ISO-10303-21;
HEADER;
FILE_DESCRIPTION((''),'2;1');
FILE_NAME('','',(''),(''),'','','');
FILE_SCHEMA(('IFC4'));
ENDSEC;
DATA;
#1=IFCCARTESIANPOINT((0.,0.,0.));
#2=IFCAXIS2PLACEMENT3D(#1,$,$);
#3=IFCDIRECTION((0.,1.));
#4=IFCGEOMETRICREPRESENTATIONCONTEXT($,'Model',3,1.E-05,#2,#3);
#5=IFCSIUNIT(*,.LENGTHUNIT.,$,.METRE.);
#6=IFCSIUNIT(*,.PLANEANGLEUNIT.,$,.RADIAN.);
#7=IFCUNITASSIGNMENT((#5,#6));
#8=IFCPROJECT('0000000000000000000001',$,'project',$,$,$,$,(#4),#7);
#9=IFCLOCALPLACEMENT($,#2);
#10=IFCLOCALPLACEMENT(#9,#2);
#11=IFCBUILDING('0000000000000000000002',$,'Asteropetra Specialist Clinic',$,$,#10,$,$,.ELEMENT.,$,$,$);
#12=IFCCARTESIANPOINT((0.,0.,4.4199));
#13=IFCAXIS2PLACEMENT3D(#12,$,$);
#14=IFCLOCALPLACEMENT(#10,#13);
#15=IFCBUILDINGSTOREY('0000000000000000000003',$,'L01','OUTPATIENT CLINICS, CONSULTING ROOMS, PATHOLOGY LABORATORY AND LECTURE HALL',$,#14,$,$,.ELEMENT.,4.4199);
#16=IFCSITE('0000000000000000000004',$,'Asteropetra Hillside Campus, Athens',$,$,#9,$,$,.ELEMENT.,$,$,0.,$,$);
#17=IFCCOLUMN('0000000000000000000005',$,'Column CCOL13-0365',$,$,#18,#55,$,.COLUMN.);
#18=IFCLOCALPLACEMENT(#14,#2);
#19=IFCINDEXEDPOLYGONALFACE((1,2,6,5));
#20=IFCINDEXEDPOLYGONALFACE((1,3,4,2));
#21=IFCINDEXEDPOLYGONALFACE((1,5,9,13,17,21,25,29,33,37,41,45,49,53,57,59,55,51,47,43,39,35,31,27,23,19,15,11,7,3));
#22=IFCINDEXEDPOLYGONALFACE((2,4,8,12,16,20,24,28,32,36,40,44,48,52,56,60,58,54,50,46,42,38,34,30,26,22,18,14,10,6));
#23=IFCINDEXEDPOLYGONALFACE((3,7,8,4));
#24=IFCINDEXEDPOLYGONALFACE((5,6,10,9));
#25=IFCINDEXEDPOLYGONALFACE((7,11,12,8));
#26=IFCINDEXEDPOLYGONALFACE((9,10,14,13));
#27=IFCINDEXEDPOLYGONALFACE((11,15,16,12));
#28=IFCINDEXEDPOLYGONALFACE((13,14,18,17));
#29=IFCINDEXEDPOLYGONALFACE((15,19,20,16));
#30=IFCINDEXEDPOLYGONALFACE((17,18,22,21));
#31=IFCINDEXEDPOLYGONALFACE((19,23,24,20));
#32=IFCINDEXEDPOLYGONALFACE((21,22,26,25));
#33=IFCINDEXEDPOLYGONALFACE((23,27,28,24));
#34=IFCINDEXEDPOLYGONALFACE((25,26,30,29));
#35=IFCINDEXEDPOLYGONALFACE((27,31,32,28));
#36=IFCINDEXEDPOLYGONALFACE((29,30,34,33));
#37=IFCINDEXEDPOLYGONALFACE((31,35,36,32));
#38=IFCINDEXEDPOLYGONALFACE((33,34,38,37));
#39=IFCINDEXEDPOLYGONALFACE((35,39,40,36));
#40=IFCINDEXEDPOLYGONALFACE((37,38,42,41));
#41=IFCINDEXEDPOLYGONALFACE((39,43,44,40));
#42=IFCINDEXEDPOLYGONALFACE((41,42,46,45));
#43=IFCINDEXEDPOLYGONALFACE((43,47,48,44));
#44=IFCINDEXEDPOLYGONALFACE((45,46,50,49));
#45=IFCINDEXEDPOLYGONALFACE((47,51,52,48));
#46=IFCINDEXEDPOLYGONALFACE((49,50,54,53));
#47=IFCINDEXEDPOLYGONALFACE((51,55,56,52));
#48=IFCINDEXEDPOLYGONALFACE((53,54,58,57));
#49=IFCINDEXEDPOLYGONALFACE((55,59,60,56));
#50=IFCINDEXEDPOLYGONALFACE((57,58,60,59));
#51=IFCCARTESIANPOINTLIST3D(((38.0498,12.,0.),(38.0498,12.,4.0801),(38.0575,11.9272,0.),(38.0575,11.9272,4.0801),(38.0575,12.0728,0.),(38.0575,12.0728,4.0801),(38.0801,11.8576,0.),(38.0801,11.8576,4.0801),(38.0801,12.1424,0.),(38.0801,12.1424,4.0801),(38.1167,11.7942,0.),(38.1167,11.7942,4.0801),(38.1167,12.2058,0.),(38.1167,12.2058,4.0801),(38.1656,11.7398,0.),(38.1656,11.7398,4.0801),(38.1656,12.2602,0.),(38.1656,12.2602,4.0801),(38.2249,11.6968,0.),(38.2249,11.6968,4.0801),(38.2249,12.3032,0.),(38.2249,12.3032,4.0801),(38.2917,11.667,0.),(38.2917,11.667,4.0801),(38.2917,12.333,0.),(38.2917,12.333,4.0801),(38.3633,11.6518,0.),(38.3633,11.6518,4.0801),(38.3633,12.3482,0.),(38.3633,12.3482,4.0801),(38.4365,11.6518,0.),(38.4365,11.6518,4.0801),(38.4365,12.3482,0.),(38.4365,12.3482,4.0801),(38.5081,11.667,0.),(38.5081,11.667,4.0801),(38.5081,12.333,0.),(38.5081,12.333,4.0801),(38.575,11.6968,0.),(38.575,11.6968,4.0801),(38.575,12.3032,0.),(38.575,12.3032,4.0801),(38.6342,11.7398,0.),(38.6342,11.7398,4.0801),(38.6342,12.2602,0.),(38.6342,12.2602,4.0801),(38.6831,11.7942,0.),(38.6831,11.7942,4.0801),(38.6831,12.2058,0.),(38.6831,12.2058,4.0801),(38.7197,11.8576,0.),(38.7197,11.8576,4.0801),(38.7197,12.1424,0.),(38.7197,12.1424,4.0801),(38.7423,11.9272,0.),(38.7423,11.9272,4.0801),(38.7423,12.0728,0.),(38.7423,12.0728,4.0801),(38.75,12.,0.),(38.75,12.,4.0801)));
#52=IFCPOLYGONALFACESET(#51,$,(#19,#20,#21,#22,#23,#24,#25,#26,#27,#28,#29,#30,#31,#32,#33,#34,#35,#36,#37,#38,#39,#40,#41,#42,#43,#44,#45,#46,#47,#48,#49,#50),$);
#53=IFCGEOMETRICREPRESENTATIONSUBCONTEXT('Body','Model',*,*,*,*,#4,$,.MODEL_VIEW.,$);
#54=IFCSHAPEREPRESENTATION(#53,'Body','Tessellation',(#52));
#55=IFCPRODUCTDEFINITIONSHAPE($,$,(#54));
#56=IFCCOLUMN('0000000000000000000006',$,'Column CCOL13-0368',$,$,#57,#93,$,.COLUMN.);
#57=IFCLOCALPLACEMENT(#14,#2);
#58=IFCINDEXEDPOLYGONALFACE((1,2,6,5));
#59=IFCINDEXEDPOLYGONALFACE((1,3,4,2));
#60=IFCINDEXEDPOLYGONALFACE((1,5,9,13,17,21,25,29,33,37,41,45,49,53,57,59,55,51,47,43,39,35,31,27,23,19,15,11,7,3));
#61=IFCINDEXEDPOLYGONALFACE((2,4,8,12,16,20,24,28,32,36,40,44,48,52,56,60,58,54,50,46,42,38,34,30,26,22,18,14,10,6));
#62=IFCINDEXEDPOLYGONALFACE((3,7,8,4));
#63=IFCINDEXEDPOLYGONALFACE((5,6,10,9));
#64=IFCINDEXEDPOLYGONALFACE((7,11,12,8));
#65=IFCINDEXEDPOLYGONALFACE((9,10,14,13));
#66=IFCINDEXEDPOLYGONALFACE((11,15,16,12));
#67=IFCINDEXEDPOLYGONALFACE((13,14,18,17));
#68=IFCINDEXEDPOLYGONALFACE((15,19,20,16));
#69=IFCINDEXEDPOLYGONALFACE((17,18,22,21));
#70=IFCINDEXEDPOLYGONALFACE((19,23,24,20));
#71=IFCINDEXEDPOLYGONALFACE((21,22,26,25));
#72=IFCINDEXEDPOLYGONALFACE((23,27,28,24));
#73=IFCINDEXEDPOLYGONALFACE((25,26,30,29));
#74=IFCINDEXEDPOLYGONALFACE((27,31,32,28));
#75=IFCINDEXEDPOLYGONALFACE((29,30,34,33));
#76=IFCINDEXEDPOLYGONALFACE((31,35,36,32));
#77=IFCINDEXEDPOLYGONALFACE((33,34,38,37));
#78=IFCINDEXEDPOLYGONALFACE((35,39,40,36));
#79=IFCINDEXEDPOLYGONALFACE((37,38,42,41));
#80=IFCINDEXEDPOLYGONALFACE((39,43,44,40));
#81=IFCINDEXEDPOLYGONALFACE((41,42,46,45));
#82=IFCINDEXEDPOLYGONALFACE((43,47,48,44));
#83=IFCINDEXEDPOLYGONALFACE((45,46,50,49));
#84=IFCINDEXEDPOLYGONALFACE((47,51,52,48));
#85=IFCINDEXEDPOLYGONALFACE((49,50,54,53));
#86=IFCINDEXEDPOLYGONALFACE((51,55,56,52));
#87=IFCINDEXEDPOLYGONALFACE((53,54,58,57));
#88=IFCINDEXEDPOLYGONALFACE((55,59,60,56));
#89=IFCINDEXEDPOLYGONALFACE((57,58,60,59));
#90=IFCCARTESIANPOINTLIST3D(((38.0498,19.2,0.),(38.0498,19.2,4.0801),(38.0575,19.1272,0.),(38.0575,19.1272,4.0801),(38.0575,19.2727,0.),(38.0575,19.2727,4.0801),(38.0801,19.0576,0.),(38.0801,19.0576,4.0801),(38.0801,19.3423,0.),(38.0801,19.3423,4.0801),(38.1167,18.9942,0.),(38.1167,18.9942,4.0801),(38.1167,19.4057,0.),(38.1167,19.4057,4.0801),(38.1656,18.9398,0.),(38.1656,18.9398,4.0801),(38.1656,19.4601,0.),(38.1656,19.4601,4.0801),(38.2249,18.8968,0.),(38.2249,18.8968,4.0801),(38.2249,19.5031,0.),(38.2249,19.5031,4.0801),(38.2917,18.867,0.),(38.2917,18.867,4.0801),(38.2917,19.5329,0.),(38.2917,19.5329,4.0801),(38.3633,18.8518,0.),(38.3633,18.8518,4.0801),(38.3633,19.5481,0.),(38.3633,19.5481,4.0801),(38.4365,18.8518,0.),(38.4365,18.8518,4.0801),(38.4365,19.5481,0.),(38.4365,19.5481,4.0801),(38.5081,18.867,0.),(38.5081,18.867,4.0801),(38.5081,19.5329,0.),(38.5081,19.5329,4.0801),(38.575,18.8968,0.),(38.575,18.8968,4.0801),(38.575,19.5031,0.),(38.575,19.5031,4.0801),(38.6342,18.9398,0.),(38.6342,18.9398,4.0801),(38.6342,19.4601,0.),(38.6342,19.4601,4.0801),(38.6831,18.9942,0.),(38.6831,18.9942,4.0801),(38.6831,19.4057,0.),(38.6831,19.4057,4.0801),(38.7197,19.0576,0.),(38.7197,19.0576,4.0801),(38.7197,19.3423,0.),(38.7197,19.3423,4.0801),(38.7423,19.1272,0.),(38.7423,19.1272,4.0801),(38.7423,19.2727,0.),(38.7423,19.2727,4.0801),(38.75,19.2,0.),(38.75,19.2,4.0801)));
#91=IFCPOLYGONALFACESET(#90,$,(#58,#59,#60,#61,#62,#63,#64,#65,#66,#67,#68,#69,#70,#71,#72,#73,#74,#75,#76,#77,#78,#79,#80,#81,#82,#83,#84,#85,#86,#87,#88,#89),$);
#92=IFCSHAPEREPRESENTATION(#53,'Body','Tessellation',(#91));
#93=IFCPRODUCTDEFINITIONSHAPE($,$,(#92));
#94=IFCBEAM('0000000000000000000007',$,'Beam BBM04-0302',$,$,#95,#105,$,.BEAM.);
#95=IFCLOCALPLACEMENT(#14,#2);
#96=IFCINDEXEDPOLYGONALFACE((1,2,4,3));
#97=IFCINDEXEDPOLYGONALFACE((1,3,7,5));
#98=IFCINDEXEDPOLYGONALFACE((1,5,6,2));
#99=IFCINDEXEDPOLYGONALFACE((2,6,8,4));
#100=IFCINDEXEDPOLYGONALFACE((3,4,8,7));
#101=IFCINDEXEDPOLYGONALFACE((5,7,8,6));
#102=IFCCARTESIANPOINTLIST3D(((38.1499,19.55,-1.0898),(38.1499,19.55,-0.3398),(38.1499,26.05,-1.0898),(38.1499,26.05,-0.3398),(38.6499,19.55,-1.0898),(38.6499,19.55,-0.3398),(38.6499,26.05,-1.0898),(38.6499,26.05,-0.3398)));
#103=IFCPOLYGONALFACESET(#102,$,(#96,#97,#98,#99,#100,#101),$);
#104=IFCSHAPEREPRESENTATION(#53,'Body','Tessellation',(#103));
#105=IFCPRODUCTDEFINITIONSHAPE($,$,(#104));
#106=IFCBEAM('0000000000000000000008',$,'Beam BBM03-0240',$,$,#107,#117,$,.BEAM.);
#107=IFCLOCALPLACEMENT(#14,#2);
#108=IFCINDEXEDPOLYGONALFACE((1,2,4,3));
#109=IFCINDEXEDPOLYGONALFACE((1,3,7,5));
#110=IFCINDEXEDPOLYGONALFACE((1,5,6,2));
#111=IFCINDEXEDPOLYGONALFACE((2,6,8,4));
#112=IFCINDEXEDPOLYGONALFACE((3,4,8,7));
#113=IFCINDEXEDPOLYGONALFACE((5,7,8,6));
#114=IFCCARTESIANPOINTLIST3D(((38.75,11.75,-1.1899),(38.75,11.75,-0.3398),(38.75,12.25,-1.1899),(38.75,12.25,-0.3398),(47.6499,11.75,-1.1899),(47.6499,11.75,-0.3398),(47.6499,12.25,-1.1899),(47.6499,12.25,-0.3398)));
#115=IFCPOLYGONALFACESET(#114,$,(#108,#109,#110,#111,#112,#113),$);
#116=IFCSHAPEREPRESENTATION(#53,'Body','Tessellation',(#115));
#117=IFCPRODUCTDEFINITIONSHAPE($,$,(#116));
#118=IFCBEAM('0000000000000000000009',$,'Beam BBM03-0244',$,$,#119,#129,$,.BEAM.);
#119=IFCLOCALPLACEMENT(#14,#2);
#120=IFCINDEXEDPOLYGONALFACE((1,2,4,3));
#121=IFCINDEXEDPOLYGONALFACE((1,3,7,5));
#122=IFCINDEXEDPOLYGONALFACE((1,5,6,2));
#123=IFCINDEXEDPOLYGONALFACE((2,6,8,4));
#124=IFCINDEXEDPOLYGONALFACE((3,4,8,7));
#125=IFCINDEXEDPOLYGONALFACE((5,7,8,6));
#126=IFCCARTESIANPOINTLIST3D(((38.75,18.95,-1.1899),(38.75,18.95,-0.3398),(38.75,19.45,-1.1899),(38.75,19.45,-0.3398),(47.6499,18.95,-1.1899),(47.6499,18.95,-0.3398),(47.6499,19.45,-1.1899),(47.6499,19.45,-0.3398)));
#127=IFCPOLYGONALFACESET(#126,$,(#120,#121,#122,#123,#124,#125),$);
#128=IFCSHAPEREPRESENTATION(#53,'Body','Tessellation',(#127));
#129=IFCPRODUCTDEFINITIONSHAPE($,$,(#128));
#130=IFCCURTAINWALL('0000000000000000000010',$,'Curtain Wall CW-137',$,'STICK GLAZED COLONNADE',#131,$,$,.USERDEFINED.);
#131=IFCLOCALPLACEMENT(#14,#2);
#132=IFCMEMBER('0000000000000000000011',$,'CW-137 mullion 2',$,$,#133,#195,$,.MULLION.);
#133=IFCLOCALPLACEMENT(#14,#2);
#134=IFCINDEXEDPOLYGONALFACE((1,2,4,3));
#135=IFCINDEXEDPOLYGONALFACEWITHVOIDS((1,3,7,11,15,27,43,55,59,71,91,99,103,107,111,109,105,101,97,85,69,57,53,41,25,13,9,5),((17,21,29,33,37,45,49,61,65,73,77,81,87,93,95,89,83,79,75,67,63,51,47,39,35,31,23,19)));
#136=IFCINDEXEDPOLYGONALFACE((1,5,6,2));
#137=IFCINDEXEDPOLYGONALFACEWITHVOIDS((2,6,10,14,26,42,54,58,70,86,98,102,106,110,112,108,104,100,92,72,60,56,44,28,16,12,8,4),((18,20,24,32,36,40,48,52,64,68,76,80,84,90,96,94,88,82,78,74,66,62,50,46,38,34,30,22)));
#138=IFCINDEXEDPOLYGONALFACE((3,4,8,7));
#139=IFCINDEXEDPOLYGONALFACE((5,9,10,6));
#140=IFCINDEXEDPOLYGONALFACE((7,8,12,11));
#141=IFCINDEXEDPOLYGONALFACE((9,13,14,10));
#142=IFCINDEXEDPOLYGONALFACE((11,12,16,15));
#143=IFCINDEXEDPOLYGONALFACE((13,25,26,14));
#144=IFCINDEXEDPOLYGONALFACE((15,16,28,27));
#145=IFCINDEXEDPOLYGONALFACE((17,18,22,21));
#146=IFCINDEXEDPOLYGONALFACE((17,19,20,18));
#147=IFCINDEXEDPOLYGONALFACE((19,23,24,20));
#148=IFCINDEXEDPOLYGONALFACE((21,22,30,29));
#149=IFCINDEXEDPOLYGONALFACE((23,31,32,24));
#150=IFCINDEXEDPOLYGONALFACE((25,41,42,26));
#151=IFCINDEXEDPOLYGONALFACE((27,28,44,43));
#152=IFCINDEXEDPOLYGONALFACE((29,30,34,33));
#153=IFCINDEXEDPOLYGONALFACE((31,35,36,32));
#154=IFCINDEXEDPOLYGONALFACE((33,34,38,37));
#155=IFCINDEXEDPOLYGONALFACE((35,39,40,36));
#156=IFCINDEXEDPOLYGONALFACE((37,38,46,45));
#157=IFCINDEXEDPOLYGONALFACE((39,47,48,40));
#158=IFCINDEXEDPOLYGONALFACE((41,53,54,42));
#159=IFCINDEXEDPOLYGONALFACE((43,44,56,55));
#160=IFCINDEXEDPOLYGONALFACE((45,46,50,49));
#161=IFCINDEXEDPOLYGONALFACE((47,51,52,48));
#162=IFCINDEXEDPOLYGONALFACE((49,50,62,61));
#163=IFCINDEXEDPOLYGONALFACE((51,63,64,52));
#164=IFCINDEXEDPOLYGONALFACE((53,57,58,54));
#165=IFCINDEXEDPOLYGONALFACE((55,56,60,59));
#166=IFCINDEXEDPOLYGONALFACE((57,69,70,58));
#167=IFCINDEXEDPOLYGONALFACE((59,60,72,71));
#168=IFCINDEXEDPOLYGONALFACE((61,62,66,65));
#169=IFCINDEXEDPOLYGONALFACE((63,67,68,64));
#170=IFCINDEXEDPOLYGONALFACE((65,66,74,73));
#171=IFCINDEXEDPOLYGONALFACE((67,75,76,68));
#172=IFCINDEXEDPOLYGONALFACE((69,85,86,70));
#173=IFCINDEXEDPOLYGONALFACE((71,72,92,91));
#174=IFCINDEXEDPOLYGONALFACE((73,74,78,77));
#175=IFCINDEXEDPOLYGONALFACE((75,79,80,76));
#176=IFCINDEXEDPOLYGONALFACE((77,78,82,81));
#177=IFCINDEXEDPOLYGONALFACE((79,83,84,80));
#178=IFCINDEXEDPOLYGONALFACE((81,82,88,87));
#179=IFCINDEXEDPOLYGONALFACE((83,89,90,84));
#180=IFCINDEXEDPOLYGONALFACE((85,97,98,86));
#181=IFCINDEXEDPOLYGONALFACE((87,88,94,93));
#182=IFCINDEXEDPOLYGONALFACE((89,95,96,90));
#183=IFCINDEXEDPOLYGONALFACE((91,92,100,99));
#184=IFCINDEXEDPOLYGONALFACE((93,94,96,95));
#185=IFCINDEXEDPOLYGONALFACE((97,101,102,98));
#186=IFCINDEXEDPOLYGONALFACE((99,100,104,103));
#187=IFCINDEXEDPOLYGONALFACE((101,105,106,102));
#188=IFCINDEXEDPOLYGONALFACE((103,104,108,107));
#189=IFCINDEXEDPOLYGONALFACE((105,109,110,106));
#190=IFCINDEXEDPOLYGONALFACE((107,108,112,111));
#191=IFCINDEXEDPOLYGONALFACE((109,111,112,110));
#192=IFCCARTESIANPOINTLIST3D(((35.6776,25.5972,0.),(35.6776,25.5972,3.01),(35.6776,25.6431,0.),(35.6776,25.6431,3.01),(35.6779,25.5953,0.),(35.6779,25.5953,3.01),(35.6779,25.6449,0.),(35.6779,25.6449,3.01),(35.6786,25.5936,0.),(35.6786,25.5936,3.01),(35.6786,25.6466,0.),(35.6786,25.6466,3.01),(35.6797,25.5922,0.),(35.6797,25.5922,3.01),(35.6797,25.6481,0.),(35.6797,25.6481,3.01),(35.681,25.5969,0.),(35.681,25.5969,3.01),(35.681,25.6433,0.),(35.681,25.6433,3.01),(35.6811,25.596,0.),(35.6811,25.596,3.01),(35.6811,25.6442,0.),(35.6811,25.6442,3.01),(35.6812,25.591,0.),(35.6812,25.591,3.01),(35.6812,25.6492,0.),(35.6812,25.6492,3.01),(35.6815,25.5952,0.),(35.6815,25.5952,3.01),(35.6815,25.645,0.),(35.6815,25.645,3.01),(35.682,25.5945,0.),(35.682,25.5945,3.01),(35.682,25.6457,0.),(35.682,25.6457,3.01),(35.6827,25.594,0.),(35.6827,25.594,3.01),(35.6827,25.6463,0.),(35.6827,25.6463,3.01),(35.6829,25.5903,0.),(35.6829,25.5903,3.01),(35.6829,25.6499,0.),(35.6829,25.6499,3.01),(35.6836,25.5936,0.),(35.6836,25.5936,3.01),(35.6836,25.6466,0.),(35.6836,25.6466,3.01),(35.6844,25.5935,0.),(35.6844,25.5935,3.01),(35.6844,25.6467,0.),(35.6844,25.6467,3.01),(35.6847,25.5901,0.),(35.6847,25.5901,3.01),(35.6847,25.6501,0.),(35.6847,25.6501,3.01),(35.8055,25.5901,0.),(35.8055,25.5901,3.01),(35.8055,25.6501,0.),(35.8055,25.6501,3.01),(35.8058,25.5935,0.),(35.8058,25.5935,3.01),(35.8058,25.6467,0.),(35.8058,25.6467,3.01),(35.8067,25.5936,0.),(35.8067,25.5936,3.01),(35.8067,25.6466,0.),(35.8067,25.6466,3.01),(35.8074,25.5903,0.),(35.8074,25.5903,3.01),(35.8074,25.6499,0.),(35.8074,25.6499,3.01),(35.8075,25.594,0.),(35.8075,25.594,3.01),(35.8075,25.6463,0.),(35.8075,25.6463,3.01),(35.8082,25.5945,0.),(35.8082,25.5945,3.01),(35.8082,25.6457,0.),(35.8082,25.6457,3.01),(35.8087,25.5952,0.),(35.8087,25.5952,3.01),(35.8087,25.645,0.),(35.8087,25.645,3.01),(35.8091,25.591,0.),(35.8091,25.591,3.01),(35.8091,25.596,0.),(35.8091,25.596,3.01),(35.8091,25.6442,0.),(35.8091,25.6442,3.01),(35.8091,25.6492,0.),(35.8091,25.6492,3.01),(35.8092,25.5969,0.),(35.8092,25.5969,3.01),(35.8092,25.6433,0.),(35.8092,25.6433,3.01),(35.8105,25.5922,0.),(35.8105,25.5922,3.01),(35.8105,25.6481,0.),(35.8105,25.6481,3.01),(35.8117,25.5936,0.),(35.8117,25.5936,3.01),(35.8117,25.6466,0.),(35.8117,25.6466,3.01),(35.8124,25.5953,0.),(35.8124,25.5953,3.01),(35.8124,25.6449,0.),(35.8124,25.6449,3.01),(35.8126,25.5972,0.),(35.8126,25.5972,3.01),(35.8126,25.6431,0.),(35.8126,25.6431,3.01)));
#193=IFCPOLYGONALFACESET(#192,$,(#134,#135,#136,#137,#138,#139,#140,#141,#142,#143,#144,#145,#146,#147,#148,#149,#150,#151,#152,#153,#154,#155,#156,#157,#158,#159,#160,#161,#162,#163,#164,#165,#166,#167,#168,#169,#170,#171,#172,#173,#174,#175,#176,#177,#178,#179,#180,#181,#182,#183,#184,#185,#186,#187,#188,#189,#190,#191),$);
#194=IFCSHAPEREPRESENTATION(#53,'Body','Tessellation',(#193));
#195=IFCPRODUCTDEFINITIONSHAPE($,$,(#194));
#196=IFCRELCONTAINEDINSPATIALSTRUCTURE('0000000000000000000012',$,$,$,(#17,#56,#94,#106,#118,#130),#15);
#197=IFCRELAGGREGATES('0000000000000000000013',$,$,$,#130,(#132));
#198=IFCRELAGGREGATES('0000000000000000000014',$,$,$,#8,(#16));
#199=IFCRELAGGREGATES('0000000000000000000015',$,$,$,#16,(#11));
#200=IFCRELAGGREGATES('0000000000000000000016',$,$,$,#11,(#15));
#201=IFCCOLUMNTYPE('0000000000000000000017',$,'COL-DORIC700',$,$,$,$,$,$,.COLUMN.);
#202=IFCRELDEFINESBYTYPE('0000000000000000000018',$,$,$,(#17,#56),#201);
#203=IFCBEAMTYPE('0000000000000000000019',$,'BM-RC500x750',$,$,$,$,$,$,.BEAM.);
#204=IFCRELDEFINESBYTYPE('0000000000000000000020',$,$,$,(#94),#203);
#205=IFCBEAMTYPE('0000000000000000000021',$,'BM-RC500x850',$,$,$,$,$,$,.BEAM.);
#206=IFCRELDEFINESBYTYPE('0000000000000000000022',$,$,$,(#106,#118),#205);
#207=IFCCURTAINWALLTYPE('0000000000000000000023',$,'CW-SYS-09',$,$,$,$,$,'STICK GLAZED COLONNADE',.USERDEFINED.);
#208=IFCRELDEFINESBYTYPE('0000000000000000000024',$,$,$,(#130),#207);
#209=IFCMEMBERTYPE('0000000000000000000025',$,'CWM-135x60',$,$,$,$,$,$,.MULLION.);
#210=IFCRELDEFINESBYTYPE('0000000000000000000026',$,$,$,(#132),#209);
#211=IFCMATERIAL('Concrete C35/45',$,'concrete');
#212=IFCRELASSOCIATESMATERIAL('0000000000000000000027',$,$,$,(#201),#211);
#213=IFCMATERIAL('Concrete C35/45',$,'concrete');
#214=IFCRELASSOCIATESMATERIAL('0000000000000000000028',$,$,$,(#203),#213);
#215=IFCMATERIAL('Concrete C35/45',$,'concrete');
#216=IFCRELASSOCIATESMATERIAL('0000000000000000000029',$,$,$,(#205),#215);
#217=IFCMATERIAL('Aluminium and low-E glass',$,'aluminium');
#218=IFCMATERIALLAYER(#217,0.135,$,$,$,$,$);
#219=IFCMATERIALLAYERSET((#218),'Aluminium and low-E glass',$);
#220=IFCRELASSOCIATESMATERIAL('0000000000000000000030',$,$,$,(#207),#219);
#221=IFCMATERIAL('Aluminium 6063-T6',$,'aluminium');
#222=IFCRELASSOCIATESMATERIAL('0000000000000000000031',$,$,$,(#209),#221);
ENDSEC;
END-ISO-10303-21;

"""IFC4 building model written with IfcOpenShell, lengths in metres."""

from ifc_helpers import new_model, si_unit, direction, frame, origin, origin_2d, place, context, subcontext, project, spatial, rectangle, hollow_rectangle, circle, extrude, material, layer, layer_set, material_profile, profile_set, type_object, element, aggregate, save


model = new_model("IFC4")

# Units and contexts
model_context = context("Model", 3, precision=1e-05, world=origin(), true_north=direction((0.0, 1.0)))
body_context = subcontext(model_context, "Body", "Model", "MODEL_VIEW")
ifc_project = project(units=[si_unit("LENGTHUNIT", "METRE"), si_unit("PLANEANGLEUNIT", "RADIAN")], contexts=[model_context])

# Site, building, storey
site_placement = place(None, origin())
site = spatial("IfcSite", under=ifc_project, at=site_placement, Name="Asteropetra Hillside Campus, Athens", CompositionType="ELEMENT", RefElevation=0.0)
building_placement = place(site_placement, origin())
building = spatial("IfcBuilding", under=site, at=building_placement, Name="Asteropetra Specialist Clinic", CompositionType="ELEMENT")
storey_placement = place(building_placement, frame((0.0, 0.0, 4.4199)))
storey = spatial("IfcBuildingStorey", under=building, at=storey_placement, Name="L01", Description="OUTPATIENT CLINICS, CONSULTING ROOMS, PATHOLOGY LABORATORY AND LECTURE HALL", CompositionType="ELEMENT", Elevation=4.4199)

# Columns
ifc_material_1 = material(Name="Concrete C35/45", Category="concrete")
ifc_material_profile_1 = material_profile(ifc_material_1, circle(Radius=0.3501, at=origin_2d()), Name="RCC D700")
ifc_profile_set_1 = profile_set([ifc_material_profile_1], Name="Concrete C35/45")
column_type = type_object("IfcColumnType", Name="COL-DORIC700", PredefinedType="COLUMN", material=ifc_profile_set_1)
for number, where, z_axis, x_axis, name in (
    (1, (38.3999, 12.0, 0.0), (0.0, 0.0, 1.0), (1.0, 0.0, 0.0), "Column CCOL13-0365"),
    (2, (38.3999, 19.2, 0.0), (0.0, 0.0, 1.0), (1.0, 0.0, 0.0), "Column CCOL13-0368"),
):
    element("IfcColumn", number, at=place(storey_placement, frame(where, z_axis=z_axis, x_axis=x_axis)), inside=storey, type_object=column_type, Name=name, PredefinedType="COLUMN", context=body_context, shape_type="SweptSolid", body=[
        extrude(circle(Radius=0.3501, at=origin_2d()), origin(), (0.0, 0.0, 1.0), 4.0801),
    ])

# Beams
ifc_material_2 = material(Name="Concrete C35/45", Category="concrete")
ifc_material_profile_2 = material_profile(ifc_material_2, rectangle(XDim=0.5, YDim=0.75, at=origin_2d()), Name="RCB 500x750")
ifc_profile_set_2 = profile_set([ifc_material_profile_2], Name="Concrete C35/45")
beam_type_1 = type_object("IfcBeamType", Name="BM-RC500x750", PredefinedType="BEAM", material=ifc_profile_set_2)
beam_placement = place(storey_placement, frame((38.3999, 19.55, -0.7148), z_axis=(0.0, 1.0, 0.0), x_axis=(-1.0, 0.0, 0.0)))
element("IfcBeam", 3, at=beam_placement, inside=storey, type_object=beam_type_1, Name="Beam BBM04-0302", PredefinedType="BEAM", context=body_context, shape_type="SweptSolid", body=[
    extrude(rectangle(XDim=0.5, YDim=0.75, at=origin_2d()), origin(), (0.0, 0.0, 1.0), 6.5),
])
ifc_material_3 = material(Name="Concrete C35/45", Category="concrete")
ifc_material_profile_3 = material_profile(ifc_material_3, rectangle(XDim=0.5, YDim=0.8501, at=origin_2d()), Name="RCB 500x850")
ifc_profile_set_3 = profile_set([ifc_material_profile_3], Name="Concrete C35/45")
beam_type_2 = type_object("IfcBeamType", Name="BM-RC500x850", PredefinedType="BEAM", material=ifc_profile_set_3)
for number, where, z_axis, x_axis, name in (
    (4, (38.75, 12.0, -0.7649), (1.0, 0.0, 0.0), (0.0, 1.0, 0.0), "Beam BBM03-0240"),
    (5, (38.75, 19.2, -0.7649), (1.0, 0.0, 0.0), (0.0, 1.0, 0.0), "Beam BBM03-0244"),
):
    element("IfcBeam", number, at=place(storey_placement, frame(where, z_axis=z_axis, x_axis=x_axis)), inside=storey, type_object=beam_type_2, Name=name, PredefinedType="BEAM", context=body_context, shape_type="SweptSolid", body=[
        extrude(rectangle(XDim=0.5, YDim=0.8501, at=origin_2d()), origin(), (0.0, 0.0, 1.0), 8.8999),
    ])

# Curtain wall, member
ifc_material_4 = material(Name="Aluminium and low-E glass", Category="aluminium")
ifc_layer_1 = layer(ifc_material_4, 0.135)
ifc_layer_set_1 = layer_set([ifc_layer_1], Name="Aluminium and low-E glass")
curtain_wall_type = type_object("IfcCurtainWallType", Name="CW-SYS-09", ElementType="STICK GLAZED COLONNADE", PredefinedType="USERDEFINED", material=ifc_layer_set_1)
curtain_wall_placement = place(storey_placement, origin())
curtain_wall = element("IfcCurtainWall", 6, at=curtain_wall_placement, inside=storey, type_object=curtain_wall_type, Name="Curtain Wall CW-137", ObjectType="STICK GLAZED COLONNADE", PredefinedType="USERDEFINED")
ifc_material_5 = material(Name="Aluminium 6063-T6", Category="aluminium")
ifc_material_profile_4 = material_profile(ifc_material_5, hollow_rectangle(XDim=0.0601, YDim=0.135, WallThickness=0.0034, InnerFilletRadius=0.0034, OuterFilletRadius=0.0071, at=origin_2d()), Name="MUL 135x60x3.5")
ifc_profile_set_4 = profile_set([ifc_material_profile_4], Name="Aluminium 6063-T6")
member_type_1 = type_object("IfcMemberType", Name="CWM-135x60", PredefinedType="MULLION", material=ifc_profile_set_4)
member_1_placement = place(storey_placement, frame((35.7451, 25.6201, 0.0), z_axis=(0.0, 0.0, 1.0), x_axis=(0.0, -1.0, 0.0)))
member_1 = element("IfcMember", 7, at=member_1_placement, type_object=member_type_1, Name="CW-137 mullion 2", PredefinedType="MULLION", context=body_context, shape_type="SweptSolid", body=[
    extrude(hollow_rectangle(XDim=0.0601, YDim=0.135, WallThickness=0.0034, InnerFilletRadius=0.0034, OuterFilletRadius=0.0071, at=origin_2d()), origin(), (0.0, 0.0, 1.0), 3.01),
])

aggregate(curtain_wall, [member_1])

save(model, "model.ifc")
